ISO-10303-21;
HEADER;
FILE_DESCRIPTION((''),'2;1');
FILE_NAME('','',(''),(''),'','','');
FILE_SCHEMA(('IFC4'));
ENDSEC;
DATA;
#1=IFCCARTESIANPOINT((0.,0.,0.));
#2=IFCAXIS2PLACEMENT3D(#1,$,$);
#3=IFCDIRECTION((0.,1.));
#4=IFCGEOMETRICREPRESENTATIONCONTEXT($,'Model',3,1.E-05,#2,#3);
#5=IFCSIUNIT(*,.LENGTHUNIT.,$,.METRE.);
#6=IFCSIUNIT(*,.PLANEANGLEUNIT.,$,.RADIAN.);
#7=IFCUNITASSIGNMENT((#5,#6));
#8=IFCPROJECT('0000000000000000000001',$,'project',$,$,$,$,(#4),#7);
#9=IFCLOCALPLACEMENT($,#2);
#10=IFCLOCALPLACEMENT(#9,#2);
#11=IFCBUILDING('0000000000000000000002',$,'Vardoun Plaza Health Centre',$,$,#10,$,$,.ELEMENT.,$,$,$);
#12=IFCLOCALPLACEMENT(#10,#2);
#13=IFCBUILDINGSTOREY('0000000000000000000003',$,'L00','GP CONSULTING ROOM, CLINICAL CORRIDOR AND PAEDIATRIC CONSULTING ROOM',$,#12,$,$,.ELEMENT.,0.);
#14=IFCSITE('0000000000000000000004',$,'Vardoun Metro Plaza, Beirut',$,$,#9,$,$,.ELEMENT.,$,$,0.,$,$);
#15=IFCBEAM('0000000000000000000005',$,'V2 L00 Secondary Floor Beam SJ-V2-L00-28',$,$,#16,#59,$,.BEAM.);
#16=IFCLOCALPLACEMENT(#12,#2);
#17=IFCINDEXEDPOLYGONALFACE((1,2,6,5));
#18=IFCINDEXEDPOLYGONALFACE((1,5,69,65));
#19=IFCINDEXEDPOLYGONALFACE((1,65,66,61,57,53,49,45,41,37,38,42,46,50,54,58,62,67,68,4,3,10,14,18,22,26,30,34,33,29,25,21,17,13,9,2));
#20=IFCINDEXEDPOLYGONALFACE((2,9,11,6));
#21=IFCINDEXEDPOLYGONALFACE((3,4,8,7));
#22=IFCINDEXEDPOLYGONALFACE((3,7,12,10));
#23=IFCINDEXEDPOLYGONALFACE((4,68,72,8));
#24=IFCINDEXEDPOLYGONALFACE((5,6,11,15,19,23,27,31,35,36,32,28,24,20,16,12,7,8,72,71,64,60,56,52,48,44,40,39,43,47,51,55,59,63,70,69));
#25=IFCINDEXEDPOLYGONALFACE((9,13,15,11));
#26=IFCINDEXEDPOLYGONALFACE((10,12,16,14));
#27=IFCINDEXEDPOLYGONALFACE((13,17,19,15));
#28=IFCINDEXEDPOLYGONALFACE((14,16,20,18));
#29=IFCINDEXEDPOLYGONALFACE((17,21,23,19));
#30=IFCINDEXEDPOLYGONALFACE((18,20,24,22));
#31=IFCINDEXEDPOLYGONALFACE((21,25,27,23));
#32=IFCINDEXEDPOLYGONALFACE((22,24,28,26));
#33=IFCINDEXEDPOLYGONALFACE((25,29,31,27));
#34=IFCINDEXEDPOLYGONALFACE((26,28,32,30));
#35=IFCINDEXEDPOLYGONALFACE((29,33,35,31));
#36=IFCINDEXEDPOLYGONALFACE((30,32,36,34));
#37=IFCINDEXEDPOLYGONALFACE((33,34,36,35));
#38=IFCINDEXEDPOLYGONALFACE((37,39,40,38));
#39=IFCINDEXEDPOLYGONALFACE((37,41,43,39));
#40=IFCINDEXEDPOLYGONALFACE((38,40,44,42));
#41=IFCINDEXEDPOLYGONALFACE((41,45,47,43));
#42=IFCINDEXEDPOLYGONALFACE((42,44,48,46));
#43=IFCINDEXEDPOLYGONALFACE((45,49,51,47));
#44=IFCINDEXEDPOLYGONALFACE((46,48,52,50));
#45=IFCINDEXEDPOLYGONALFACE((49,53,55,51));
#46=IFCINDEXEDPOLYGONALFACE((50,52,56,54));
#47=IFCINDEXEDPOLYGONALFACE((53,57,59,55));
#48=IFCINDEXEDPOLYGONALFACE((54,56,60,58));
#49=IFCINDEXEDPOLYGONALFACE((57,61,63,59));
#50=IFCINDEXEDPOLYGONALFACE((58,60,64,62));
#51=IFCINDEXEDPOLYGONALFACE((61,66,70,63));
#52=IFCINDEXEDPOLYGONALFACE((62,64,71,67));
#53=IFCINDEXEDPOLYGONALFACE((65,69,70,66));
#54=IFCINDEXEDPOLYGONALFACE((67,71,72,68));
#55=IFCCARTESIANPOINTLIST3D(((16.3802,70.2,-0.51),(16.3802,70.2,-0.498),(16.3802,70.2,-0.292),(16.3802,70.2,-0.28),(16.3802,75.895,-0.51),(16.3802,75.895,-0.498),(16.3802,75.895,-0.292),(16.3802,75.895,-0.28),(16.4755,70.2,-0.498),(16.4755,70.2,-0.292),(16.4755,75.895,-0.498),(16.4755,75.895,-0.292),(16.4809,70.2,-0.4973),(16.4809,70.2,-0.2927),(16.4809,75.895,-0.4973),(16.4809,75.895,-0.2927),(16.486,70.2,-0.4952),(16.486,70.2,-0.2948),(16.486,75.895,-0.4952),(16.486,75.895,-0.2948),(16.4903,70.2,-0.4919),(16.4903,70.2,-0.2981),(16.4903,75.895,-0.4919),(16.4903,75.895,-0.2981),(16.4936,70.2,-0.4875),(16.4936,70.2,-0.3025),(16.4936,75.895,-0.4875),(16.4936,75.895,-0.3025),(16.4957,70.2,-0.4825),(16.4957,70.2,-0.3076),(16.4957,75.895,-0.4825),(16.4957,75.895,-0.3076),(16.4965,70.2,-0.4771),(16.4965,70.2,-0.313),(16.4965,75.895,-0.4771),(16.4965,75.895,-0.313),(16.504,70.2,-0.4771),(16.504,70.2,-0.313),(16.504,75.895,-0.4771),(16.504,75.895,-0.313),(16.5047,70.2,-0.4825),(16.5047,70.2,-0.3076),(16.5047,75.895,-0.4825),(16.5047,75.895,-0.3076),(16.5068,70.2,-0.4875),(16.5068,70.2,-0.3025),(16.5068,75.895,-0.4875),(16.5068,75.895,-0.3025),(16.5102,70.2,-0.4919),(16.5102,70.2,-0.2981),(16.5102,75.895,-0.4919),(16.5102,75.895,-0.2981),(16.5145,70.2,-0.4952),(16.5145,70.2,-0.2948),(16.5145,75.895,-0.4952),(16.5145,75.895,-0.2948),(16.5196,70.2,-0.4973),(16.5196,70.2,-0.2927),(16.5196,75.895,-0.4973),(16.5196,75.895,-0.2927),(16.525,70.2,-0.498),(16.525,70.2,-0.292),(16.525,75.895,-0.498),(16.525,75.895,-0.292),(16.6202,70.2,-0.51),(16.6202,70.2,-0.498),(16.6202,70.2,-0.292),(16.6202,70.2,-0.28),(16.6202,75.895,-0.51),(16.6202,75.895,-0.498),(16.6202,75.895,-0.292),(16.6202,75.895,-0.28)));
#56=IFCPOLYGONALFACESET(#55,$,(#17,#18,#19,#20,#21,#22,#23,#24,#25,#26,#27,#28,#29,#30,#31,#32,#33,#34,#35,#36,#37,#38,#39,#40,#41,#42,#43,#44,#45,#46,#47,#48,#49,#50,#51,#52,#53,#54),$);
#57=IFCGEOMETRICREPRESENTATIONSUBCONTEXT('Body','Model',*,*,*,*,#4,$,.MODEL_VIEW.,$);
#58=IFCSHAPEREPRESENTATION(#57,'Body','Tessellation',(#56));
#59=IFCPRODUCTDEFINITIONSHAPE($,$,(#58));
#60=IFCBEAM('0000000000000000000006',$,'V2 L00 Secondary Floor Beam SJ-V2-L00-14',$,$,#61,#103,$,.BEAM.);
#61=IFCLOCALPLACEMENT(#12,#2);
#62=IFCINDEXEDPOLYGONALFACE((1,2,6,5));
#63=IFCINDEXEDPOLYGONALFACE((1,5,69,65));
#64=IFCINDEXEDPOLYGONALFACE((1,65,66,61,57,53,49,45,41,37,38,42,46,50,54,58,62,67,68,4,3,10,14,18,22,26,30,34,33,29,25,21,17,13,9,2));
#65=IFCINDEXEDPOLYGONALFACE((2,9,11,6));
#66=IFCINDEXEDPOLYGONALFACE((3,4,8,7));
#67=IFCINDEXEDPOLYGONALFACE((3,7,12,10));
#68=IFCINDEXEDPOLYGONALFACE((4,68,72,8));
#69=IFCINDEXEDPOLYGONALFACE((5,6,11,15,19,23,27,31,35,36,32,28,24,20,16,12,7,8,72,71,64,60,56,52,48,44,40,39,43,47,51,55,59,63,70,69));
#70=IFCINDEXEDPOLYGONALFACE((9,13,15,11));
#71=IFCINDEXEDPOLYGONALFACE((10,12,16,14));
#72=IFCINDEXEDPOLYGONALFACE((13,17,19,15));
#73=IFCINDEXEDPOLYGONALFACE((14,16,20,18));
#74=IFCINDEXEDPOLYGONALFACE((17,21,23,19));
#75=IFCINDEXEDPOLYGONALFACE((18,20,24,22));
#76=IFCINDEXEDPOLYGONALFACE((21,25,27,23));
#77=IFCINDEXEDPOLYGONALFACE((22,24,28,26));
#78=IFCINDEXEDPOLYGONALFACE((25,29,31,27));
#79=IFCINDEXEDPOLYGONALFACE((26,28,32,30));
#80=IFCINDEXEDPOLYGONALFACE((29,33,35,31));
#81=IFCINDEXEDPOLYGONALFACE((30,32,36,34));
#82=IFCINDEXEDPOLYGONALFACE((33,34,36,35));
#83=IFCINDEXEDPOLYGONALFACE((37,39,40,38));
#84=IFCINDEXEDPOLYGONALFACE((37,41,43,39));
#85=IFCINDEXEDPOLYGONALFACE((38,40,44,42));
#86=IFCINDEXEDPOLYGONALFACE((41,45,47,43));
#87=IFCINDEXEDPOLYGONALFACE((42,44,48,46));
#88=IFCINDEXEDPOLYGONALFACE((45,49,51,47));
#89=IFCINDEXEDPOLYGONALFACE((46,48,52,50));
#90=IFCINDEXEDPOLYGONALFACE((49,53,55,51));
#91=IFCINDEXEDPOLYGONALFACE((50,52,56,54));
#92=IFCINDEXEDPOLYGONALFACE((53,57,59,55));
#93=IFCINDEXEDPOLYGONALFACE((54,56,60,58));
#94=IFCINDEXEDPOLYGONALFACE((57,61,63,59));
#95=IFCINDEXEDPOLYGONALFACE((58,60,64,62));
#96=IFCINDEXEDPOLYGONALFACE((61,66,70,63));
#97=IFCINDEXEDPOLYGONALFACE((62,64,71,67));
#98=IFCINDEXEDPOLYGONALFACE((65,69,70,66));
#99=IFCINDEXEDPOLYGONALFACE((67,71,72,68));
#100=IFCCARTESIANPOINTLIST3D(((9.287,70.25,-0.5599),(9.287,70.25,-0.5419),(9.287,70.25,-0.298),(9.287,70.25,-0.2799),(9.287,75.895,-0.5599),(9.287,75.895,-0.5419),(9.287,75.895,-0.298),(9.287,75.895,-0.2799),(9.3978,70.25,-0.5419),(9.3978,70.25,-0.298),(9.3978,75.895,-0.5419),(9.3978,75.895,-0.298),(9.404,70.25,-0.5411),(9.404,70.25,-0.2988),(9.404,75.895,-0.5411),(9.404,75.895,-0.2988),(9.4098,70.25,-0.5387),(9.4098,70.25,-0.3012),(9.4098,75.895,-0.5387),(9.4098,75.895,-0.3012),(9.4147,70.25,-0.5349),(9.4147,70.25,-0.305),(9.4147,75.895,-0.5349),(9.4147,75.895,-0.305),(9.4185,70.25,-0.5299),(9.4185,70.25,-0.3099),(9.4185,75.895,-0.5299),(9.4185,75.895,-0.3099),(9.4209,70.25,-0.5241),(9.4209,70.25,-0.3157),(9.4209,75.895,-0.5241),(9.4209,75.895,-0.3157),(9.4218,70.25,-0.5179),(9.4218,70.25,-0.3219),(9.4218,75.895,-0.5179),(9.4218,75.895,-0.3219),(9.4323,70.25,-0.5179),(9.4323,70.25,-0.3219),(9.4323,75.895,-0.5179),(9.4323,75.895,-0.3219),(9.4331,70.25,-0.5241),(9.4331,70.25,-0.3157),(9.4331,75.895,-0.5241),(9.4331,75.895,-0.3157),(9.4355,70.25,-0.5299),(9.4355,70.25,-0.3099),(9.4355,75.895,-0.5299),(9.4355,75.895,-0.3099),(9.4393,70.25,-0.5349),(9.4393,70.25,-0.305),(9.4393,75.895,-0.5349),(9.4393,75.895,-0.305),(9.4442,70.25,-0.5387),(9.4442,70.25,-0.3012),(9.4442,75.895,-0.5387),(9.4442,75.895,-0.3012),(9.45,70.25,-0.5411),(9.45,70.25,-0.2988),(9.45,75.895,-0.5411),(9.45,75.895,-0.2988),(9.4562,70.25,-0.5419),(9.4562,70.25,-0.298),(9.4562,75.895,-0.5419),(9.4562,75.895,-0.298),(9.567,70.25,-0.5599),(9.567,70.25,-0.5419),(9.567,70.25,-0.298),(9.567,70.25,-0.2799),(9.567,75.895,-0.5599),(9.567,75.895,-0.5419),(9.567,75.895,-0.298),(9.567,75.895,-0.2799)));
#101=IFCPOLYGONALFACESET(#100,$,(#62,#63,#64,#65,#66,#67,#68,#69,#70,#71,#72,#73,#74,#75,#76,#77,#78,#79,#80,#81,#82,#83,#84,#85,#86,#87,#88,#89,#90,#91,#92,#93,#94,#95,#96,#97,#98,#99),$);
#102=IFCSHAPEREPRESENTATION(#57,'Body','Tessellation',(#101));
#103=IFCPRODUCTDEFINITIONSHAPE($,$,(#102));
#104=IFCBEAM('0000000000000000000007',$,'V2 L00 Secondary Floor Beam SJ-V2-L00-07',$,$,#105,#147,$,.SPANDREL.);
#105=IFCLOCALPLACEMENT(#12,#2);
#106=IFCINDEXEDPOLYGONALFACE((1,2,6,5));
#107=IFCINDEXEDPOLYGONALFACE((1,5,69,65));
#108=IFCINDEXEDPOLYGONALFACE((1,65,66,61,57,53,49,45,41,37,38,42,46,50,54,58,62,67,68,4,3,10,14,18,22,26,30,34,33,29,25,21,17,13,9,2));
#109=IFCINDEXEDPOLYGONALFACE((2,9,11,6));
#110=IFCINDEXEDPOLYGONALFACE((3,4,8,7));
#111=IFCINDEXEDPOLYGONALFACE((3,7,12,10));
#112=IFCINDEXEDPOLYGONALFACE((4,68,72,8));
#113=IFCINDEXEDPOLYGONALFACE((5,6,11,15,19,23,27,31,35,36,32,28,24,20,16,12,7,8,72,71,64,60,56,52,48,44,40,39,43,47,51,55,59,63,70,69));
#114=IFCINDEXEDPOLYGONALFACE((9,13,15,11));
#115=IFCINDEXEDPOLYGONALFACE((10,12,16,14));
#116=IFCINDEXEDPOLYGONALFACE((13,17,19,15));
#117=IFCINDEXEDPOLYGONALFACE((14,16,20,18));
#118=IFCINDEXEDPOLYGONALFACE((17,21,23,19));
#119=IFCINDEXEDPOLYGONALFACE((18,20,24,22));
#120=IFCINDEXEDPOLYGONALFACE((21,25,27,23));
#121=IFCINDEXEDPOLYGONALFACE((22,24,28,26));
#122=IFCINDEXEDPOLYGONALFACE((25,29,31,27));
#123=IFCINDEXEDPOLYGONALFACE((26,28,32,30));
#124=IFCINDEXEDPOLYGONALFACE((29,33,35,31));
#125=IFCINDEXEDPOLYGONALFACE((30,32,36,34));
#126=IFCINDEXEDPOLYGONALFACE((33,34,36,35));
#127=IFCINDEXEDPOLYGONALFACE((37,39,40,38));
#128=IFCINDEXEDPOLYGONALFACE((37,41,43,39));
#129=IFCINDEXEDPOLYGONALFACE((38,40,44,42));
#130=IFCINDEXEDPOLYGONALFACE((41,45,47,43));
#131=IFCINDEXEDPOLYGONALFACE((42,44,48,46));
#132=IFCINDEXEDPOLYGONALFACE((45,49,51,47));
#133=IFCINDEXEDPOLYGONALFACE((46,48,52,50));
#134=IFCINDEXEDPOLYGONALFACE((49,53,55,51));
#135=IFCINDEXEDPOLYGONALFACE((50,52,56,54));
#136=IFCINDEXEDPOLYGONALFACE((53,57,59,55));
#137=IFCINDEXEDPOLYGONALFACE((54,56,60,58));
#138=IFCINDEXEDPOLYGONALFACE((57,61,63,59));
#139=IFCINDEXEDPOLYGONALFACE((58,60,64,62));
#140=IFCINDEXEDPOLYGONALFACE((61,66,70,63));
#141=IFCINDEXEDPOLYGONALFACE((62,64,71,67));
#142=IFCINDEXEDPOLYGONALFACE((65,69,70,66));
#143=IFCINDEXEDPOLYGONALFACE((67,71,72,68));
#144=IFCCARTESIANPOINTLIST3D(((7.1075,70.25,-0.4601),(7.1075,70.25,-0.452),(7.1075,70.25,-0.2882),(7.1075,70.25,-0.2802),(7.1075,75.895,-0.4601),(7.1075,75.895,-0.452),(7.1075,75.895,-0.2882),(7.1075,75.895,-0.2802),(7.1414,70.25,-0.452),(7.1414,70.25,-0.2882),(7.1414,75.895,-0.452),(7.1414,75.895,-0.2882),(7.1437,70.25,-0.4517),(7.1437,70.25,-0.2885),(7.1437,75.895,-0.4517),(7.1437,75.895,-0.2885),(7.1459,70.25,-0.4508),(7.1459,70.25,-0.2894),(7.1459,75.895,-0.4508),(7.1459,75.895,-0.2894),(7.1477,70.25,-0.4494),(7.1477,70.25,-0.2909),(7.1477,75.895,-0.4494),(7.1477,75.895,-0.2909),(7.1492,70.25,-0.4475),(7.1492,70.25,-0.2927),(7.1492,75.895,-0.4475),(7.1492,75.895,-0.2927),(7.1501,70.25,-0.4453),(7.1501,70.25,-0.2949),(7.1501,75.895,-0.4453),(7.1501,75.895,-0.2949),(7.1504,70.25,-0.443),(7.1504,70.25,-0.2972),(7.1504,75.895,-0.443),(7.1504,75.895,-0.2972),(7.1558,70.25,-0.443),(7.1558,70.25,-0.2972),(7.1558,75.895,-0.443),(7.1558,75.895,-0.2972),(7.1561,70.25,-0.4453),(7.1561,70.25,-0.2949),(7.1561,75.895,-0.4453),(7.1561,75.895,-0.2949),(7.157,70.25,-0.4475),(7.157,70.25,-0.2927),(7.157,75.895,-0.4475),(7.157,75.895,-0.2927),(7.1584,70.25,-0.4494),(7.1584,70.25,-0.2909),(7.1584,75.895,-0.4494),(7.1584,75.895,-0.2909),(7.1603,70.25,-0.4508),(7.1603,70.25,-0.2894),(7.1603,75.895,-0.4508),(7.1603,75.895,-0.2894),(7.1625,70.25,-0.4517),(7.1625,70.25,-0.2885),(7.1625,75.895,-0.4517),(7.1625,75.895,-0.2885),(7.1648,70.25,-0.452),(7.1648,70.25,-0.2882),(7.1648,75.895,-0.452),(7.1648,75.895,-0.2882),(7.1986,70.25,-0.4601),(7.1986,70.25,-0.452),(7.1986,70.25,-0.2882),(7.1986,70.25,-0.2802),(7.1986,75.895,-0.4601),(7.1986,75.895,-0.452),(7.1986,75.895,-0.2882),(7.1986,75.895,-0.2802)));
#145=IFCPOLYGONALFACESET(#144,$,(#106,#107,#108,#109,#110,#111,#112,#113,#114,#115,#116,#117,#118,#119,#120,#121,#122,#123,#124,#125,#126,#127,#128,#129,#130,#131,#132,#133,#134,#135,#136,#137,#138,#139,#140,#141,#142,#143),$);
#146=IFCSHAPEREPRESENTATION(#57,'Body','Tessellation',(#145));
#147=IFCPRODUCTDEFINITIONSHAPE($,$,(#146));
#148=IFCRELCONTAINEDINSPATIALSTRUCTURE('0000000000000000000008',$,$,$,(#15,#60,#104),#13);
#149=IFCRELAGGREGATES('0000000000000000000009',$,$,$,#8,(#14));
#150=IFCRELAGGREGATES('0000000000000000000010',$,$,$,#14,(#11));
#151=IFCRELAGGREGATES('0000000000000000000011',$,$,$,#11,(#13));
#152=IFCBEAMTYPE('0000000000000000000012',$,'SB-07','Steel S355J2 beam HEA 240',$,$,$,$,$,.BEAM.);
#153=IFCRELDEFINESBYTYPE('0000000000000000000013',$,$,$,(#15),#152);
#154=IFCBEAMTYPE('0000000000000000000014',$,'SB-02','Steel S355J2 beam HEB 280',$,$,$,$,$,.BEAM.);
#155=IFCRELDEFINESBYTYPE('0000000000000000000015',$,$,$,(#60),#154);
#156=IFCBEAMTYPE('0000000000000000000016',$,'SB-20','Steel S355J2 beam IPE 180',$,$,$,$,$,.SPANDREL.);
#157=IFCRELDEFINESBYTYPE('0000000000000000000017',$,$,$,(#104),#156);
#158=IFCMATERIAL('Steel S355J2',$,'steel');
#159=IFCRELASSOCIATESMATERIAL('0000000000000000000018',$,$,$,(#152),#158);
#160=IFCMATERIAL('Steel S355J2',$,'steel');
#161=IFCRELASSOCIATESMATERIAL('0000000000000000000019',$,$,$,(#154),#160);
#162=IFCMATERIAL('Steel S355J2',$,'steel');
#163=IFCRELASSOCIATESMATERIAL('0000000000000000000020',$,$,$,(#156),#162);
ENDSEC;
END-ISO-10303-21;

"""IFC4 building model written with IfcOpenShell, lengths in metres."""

from ifc_helpers import new_model, si_unit, direction, frame, origin, origin_2d, place, context, subcontext, project, spatial, i_section, extrude, material, material_profile, profile_set, type_object, element, save


model = new_model("IFC4")

# Units and contexts
model_context = context("Model", 3, precision=1e-05, world=origin(), true_north=direction((0.0, 1.0)))
body_context = subcontext(model_context, "Body", "Model", "MODEL_VIEW")
ifc_project = project(units=[si_unit("LENGTHUNIT", "METRE"), si_unit("PLANEANGLEUNIT", "RADIAN")], contexts=[model_context])

# Site, building, storey
site_placement = place(None, origin())
site = spatial("IfcSite", under=ifc_project, at=site_placement, Name="Vardoun Metro Plaza, Beirut", CompositionType="ELEMENT", RefElevation=0.0)
building_placement = place(site_placement, origin())
building = spatial("IfcBuilding", under=site, at=building_placement, Name="Vardoun Plaza Health Centre", CompositionType="ELEMENT")
storey_placement = place(building_placement, origin())
storey = spatial("IfcBuildingStorey", under=building, at=storey_placement, Name="L00", Description="GP CONSULTING ROOM, CLINICAL CORRIDOR AND PAEDIATRIC CONSULTING ROOM", CompositionType="ELEMENT", Elevation=0.0)

# Beams
ifc_material_1 = material(Name="Steel S355J2", Category="steel")
ifc_material_profile_1 = material_profile(ifc_material_1, i_section(OverallWidth=0.24, OverallDepth=0.23, WebThickness=0.0076, FlangeThickness=0.012, FilletRadius=0.021, at=origin_2d()), Name="HEA 240")
ifc_profile_set_1 = profile_set([ifc_material_profile_1], Name="Steel S355J2")
beam_type_1 = type_object("IfcBeamType", Name="SB-07", Description="Steel S355J2 beam HEA 240", PredefinedType="BEAM", material=ifc_profile_set_1)
beam_1_placement = place(storey_placement, frame((16.5002, 70.2, -0.395), z_axis=(0.0, 1.0, 0.0), x_axis=(-1.0, 0.0, 0.0)))
element("IfcBeam", 1, at=beam_1_placement, inside=storey, type_object=beam_type_1, Name="V2 L00 Secondary Floor Beam SJ-V2-L00-28", PredefinedType="BEAM", context=body_context, shape_type="SweptSolid", body=[
    extrude(i_section(OverallWidth=0.24, OverallDepth=0.23, WebThickness=0.0076, FlangeThickness=0.012, FilletRadius=0.021, at=origin_2d()), origin(), (0.0, 0.0, 1.0), 5.6951),
])
ifc_material_2 = material(Name="Steel S355J2", Category="steel")
ifc_material_profile_2 = material_profile(ifc_material_2, i_section(OverallWidth=0.28, OverallDepth=0.28, WebThickness=0.0105, FlangeThickness=0.0181, FilletRadius=0.0239, at=origin_2d()), Name="HEB 280")
ifc_profile_set_2 = profile_set([ifc_material_profile_2], Name="Steel S355J2")
beam_type_2 = type_object("IfcBeamType", Name="SB-02", Description="Steel S355J2 beam HEB 280", PredefinedType="BEAM", material=ifc_profile_set_2)
beam_2_placement = place(storey_placement, frame((9.427, 70.25, -0.4199), z_axis=(0.0, 1.0, 0.0), x_axis=(-1.0, 0.0, 0.0)))
element("IfcBeam", 2, at=beam_2_placement, inside=storey, type_object=beam_type_2, Name="V2 L00 Secondary Floor Beam SJ-V2-L00-14", PredefinedType="BEAM", context=body_context, shape_type="SweptSolid", body=[
    extrude(i_section(OverallWidth=0.28, OverallDepth=0.28, WebThickness=0.0105, FlangeThickness=0.0181, FilletRadius=0.0239, at=origin_2d()), origin(), (0.0, 0.0, 1.0), 5.645),
])
ifc_material_3 = material(Name="Steel S355J2", Category="steel")
ifc_material_profile_3 = material_profile(ifc_material_3, i_section(OverallWidth=0.0911, OverallDepth=0.1799, WebThickness=0.0054, FlangeThickness=0.0081, FilletRadius=0.009, at=origin_2d()), Name="IPE 180")
ifc_profile_set_3 = profile_set([ifc_material_profile_3], Name="Steel S355J2")
beam_type_3 = type_object("IfcBeamType", Name="SB-20", Description="Steel S355J2 beam IPE 180", PredefinedType="SPANDREL", material=ifc_profile_set_3)
beam_3_placement = place(storey_placement, frame((7.1531, 70.25, -0.3701), z_axis=(0.0, 1.0, 0.0), x_axis=(-1.0, 0.0, 0.0)))
element("IfcBeam", 3, at=beam_3_placement, inside=storey, type_object=beam_type_3, Name="V2 L00 Secondary Floor Beam SJ-V2-L00-07", PredefinedType="SPANDREL", context=body_context, shape_type="SweptSolid", body=[
    extrude(i_section(OverallWidth=0.0911, OverallDepth=0.1799, WebThickness=0.0054, FlangeThickness=0.0081, FilletRadius=0.009, at=origin_2d()), origin(), (0.0, 0.0, 1.0), 5.645),
])

save(model, "model.ifc")
